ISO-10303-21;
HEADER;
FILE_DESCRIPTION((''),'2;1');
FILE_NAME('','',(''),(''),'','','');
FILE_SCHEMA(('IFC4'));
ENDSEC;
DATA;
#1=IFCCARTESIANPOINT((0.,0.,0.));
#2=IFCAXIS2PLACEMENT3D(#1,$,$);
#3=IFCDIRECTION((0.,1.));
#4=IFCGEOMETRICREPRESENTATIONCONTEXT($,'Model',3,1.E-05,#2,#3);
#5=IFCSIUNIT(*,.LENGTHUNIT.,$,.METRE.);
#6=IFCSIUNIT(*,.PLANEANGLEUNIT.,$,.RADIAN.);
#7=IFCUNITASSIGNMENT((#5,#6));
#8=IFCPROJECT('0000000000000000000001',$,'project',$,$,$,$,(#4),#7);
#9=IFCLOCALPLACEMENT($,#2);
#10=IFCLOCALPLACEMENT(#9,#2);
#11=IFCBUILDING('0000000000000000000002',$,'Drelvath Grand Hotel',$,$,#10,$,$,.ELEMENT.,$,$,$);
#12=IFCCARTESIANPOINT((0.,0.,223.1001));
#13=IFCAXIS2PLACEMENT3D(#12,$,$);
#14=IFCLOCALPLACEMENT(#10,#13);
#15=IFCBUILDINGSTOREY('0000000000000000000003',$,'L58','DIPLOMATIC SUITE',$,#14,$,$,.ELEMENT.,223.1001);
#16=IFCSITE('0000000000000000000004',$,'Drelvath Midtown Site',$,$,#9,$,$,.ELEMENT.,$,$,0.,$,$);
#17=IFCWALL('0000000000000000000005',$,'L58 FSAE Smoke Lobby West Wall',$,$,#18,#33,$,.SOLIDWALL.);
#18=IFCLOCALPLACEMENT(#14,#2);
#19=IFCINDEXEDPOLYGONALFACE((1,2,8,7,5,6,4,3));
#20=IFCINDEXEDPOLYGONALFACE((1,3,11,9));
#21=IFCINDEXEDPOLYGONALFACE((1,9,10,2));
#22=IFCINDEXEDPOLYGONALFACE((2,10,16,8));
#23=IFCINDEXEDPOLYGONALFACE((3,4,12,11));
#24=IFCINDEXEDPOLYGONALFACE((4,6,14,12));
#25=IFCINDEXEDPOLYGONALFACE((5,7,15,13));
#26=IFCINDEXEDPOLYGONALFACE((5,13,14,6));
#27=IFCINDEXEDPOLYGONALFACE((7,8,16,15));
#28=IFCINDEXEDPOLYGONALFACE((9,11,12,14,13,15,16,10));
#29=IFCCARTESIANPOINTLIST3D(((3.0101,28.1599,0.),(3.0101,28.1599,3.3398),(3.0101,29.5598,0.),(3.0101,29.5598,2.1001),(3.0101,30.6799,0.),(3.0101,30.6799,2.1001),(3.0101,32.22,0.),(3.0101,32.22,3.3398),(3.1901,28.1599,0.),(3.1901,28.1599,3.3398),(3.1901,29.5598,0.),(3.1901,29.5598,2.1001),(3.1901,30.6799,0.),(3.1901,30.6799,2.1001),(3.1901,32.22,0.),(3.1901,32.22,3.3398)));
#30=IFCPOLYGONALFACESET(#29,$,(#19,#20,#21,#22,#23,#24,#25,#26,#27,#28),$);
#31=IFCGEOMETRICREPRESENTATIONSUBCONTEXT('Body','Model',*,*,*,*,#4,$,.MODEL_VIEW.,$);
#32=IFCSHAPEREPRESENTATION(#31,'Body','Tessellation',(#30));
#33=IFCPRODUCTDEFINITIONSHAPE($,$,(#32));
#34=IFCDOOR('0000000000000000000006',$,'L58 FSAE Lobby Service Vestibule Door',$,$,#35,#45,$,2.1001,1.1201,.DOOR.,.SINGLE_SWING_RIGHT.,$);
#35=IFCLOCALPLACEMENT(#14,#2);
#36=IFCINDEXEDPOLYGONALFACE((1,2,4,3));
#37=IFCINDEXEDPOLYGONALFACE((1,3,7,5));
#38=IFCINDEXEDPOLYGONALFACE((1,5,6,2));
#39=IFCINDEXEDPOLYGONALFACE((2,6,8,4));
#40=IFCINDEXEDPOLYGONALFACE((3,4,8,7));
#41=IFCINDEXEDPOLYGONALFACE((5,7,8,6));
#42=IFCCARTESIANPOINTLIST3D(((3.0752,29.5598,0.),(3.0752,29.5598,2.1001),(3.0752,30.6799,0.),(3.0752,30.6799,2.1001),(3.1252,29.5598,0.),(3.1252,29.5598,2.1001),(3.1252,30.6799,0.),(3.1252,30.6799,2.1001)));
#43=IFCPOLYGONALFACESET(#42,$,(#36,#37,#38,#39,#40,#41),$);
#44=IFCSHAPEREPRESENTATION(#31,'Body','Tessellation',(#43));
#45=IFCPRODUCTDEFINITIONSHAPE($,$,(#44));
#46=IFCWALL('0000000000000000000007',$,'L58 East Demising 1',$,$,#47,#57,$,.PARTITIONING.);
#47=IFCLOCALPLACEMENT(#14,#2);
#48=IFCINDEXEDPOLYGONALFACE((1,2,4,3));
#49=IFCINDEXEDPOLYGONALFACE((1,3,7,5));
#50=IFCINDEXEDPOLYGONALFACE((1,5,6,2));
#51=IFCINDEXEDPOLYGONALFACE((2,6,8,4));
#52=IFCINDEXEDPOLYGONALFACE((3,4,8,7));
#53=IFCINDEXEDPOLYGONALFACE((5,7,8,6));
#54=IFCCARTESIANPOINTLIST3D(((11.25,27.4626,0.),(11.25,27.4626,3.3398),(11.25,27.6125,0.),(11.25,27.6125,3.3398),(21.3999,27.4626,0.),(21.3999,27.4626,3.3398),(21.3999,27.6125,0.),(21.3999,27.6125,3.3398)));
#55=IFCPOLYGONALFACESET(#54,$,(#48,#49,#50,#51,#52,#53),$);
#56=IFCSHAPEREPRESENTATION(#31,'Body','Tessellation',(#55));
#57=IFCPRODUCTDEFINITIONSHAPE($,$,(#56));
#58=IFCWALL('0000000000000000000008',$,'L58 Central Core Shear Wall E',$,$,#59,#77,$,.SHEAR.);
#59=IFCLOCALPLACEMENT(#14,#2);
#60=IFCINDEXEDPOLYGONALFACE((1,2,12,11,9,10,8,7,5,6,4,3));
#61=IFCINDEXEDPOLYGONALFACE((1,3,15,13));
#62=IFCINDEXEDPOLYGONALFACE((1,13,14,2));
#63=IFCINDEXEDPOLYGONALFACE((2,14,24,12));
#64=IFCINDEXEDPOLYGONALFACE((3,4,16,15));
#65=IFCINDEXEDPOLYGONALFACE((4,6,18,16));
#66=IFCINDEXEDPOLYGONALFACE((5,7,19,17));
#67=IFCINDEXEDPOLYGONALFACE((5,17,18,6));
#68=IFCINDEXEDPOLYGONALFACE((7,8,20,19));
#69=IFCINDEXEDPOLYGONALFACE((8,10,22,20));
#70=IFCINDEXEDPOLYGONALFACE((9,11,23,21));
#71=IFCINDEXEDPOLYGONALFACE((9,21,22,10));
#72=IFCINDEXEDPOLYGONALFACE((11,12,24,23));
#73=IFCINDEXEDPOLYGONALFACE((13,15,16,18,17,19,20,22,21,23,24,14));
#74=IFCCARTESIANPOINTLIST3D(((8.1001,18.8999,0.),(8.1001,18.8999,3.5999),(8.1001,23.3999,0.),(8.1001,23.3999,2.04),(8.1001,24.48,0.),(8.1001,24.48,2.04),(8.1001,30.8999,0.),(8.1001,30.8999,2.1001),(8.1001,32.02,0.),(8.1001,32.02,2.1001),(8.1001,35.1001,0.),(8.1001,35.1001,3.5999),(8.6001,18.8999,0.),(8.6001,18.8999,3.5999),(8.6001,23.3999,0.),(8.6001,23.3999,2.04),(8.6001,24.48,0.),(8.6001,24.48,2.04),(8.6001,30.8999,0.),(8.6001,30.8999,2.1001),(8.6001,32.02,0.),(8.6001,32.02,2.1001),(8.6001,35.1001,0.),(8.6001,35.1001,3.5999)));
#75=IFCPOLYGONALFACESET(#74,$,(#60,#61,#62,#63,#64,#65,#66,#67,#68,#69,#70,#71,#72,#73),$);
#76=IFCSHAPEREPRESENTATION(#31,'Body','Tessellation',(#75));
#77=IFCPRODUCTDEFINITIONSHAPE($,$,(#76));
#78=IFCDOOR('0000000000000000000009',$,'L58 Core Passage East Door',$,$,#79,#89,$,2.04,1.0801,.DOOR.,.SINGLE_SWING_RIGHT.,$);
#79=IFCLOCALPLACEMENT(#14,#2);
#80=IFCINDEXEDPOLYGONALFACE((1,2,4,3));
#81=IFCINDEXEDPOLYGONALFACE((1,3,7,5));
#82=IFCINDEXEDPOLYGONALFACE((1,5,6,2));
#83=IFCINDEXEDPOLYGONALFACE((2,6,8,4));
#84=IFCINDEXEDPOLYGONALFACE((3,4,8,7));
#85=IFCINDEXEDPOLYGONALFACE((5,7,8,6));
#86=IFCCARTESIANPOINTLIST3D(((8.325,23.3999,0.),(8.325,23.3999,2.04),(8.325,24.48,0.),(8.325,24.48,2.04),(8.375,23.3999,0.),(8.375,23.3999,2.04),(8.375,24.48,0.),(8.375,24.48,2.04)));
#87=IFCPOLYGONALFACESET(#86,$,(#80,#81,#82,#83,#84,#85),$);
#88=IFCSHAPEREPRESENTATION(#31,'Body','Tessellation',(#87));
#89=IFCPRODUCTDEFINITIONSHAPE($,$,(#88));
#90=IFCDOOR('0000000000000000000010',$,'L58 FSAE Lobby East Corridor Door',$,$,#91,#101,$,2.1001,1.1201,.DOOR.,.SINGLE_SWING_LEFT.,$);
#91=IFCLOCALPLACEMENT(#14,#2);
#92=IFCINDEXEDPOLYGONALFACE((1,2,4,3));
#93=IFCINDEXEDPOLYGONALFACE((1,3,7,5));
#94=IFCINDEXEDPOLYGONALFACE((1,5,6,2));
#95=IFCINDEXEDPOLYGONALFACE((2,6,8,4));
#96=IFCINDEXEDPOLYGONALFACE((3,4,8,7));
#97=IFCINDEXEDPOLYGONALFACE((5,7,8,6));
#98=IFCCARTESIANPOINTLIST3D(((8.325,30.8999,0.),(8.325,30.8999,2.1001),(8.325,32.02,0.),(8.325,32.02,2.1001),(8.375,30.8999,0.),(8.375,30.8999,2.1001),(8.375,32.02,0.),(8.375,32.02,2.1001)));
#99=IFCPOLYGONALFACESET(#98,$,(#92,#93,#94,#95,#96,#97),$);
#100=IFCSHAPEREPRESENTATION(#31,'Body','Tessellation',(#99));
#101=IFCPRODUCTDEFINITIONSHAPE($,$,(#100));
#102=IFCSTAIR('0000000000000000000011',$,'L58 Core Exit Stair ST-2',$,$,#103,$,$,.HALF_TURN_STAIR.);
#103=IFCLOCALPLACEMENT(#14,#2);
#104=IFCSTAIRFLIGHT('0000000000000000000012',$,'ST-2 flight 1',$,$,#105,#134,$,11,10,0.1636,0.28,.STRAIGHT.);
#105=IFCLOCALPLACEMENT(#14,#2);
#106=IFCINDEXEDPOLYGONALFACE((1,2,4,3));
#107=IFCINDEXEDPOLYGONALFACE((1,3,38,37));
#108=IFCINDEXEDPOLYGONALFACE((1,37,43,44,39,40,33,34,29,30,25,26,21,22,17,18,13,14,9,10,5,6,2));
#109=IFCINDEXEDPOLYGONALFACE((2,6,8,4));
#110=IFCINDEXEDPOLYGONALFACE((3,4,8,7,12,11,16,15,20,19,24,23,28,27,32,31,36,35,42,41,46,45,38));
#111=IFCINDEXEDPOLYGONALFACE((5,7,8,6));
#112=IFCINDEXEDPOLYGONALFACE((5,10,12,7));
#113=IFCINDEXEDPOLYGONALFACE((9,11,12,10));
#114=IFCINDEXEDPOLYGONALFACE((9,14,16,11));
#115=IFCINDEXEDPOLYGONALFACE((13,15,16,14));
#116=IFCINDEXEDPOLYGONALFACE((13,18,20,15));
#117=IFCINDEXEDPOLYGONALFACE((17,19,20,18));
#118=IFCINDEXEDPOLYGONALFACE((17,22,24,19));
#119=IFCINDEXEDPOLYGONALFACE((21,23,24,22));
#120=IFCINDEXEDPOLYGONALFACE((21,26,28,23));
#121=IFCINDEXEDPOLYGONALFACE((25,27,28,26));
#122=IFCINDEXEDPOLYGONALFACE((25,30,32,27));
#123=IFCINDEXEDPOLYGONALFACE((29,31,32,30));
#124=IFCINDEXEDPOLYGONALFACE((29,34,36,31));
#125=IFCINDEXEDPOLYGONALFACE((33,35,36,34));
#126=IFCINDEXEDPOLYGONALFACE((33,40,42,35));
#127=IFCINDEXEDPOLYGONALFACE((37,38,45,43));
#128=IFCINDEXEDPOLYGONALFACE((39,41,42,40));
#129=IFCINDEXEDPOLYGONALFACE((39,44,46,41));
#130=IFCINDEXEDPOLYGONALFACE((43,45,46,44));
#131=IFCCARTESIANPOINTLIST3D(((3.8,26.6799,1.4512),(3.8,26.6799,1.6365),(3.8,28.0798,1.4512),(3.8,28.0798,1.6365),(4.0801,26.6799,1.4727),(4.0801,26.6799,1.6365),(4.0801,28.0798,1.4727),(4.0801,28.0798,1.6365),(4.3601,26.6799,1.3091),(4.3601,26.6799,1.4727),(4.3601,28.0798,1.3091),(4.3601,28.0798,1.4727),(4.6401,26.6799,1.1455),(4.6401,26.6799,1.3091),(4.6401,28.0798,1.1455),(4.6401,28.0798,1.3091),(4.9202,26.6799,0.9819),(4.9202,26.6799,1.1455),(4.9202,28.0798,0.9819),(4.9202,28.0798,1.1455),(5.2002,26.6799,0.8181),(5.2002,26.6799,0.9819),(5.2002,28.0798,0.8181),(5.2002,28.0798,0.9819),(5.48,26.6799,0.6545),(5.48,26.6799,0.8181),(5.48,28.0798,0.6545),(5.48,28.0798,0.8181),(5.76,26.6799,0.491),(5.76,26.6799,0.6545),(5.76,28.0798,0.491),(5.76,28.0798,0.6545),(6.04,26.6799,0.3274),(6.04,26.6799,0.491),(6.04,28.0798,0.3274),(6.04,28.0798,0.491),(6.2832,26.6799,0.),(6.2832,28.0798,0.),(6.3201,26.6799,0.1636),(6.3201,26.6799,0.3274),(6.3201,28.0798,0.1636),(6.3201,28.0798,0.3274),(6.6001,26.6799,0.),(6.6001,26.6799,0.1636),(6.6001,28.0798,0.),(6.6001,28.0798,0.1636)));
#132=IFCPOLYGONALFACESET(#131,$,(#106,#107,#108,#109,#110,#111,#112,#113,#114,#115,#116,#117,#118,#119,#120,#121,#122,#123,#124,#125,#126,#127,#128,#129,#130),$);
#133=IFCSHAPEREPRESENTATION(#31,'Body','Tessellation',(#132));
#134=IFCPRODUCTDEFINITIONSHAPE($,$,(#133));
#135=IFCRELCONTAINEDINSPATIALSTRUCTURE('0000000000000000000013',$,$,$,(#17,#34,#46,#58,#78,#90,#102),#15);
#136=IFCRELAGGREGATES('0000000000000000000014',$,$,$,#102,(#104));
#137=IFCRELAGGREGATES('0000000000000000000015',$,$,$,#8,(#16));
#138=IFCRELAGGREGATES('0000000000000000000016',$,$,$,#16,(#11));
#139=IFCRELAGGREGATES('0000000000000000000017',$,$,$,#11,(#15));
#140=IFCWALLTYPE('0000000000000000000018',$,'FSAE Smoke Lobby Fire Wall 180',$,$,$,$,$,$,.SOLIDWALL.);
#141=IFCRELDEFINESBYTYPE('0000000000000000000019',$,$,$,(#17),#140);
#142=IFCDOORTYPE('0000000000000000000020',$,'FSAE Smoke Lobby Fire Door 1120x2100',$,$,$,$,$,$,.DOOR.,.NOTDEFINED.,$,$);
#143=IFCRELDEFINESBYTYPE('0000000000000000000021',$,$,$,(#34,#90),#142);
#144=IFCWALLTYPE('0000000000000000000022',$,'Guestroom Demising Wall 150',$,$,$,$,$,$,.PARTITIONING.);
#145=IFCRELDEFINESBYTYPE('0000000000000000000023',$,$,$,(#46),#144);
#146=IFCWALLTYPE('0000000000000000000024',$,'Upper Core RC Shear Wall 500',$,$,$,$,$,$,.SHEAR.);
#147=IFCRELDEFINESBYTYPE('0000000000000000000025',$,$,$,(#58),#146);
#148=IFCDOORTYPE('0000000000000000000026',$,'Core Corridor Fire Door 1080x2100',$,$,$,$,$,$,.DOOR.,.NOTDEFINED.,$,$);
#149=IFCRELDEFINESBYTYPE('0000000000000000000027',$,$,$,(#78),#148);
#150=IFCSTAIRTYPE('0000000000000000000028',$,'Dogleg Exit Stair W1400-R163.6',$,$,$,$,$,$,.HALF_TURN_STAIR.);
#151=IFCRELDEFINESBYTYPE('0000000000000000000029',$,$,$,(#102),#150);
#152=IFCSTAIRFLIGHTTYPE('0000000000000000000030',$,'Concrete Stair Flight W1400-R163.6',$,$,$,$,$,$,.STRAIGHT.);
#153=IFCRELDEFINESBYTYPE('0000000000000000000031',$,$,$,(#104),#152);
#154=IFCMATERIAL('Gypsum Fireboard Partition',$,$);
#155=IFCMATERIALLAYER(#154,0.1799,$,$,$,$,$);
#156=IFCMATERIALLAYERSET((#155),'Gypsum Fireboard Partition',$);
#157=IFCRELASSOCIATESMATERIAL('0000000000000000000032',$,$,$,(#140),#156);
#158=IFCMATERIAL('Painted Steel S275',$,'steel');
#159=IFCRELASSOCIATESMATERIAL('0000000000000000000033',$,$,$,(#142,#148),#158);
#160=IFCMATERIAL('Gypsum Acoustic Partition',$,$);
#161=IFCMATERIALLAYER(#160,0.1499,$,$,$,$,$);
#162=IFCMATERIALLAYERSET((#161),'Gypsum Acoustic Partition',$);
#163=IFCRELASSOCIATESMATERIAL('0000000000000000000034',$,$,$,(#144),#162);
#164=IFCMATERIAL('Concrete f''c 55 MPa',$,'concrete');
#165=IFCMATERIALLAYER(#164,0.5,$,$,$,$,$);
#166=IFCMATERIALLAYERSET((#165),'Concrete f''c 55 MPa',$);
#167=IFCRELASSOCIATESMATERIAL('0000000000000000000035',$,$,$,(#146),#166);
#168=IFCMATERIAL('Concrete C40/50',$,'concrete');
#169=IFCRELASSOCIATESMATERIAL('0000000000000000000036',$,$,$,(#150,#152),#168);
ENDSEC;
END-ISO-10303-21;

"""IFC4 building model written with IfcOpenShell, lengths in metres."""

from ifc_helpers import new_model, si_unit, direction, frame, frame_2d, origin, place, context, subcontext, project, spatial, polyline, rectangle, outline, extrude, material, layer, layer_set, type_object, element, fill, aggregate, save


model = new_model("IFC4")

# Units and contexts
model_context = context("Model", 3, precision=1e-05, world=origin(), true_north=direction((0.0, 1.0)))
body_context = subcontext(model_context, "Body", "Model", "MODEL_VIEW")
ifc_project = project(units=[si_unit("LENGTHUNIT", "METRE"), si_unit("PLANEANGLEUNIT", "RADIAN")], contexts=[model_context])

# Site, building, storey
site_placement = place(None, origin())
site = spatial("IfcSite", under=ifc_project, at=site_placement, Name="Drelvath Midtown Site", CompositionType="ELEMENT", RefElevation=0.0)
building_placement = place(site_placement, origin())
building = spatial("IfcBuilding", under=site, at=building_placement, Name="Drelvath Grand Hotel", CompositionType="ELEMENT")
storey_placement = place(building_placement, frame((0.0, 0.0, 223.1001)))
storey = spatial("IfcBuildingStorey", under=building, at=storey_placement, Name="L58", Description="DIPLOMATIC SUITE", CompositionType="ELEMENT", Elevation=223.1001)

# Shared definitions
ifc_material_1 = material(Name="Concrete f'c 55 MPa", Category="concrete")

# Shared definitions
ifc_material_2 = material(Name="Concrete C40/50", Category="concrete")

# Shared definitions
ifc_material_3 = material(Name="Painted Steel S275", Category="steel")

# Shared definitions
ifc_material_4 = material(Name="Gypsum Fireboard Partition")

# Wall, opening, door
ifc_layer_1 = layer(ifc_material_4, 0.1799)
ifc_layer_set_1 = layer_set([ifc_layer_1], Name="Gypsum Fireboard Partition")
wall_type_1 = type_object("IfcWallType", Name="FSAE Smoke Lobby Fire Wall 180", PredefinedType="SOLIDWALL", material=ifc_layer_set_1)
wall_1_placement = place(storey_placement, frame((3.1001, 28.1599, 0.0), z_axis=(0.0, 0.0, 1.0), x_axis=(0.0, 1.0, 0.0)))
wall_1 = element("IfcWall", 1, at=wall_1_placement, inside=storey, type_object=wall_type_1, Name="L58 FSAE Smoke Lobby West Wall", PredefinedType="SOLIDWALL", context=body_context, shape_type="SweptSolid", body=[
    extrude(rectangle(XDim=4.0601, YDim=0.1799, at=frame_2d((2.03, 0.0))), origin(), (0.0, 0.0, 1.0), 3.3398),
])
opening_1_placement = place(wall_1_placement, frame((1.3999, 0.0, 0.0)))
opening_1 = element("IfcOpeningElement", 2, at=opening_1_placement, cuts=wall_1, PredefinedType="OPENING", context=body_context, shape_type="SweptSolid", body=[
    extrude(rectangle(XDim=1.1201, YDim=2.1001, at=frame_2d((0.5601, 1.05))), frame((0.0, 0.0999, 0.0), z_axis=(0.0, -1.0, 0.0), x_axis=(1.0, 0.0, 0.0)), (0.0, 0.0, 1.0), 0.2),
])
door_type_1 = type_object("IfcDoorType", Name="FSAE Smoke Lobby Fire Door 1120x2100", OperationType="NOTDEFINED", PredefinedType="DOOR", material=ifc_material_3)
door_1_placement = place(opening_1_placement, origin())
door_1 = element("IfcDoor", 3, at=door_1_placement, inside=storey, type_object=door_type_1, Name="L58 FSAE Lobby Service Vestibule Door", OperationType="SINGLE_SWING_RIGHT", OverallHeight=2.1001, OverallWidth=1.1201, PredefinedType="DOOR", context=body_context, shape_type="SweptSolid", body=[
    extrude(rectangle(XDim=1.1201, YDim=2.1001, at=frame_2d((0.5601, 1.05))), frame((0.0, 0.0249, 0.0), z_axis=(0.0, -1.0, 0.0), x_axis=(1.0, 0.0, 0.0)), (0.0, 0.0, 1.0), 0.05),
])
fill(opening_1, door_1)

# Wall
ifc_material_5 = material(Name="Gypsum Acoustic Partition")
ifc_layer_2 = layer(ifc_material_5, 0.1499)
ifc_layer_set_2 = layer_set([ifc_layer_2], Name="Gypsum Acoustic Partition")
wall_type_2 = type_object("IfcWallType", Name="Guestroom Demising Wall 150", PredefinedType="PARTITIONING", material=ifc_layer_set_2)
wall_2_placement = place(storey_placement, frame((11.25, 27.5376, 0.0), z_axis=(0.0, 0.0, 1.0), x_axis=(1.0, 0.0, 0.0)))
element("IfcWall", 4, at=wall_2_placement, inside=storey, type_object=wall_type_2, Name="L58 East Demising 1", PredefinedType="PARTITIONING", context=body_context, shape_type="SweptSolid", body=[
    extrude(rectangle(XDim=10.1499, YDim=0.1499, at=frame_2d((5.075, 0.0))), origin(), (0.0, 0.0, 1.0), 3.3398),
])

# Wall, openings, doors
ifc_layer_3 = layer(ifc_material_1, 0.5)
ifc_layer_set_3 = layer_set([ifc_layer_3], Name="Concrete f'c 55 MPa")
wall_type_3 = type_object("IfcWallType", Name="Upper Core RC Shear Wall 500", PredefinedType="SHEAR", material=ifc_layer_set_3)
wall_3_placement = place(storey_placement, frame((8.3501, 35.1001, 0.0), z_axis=(0.0, 0.0, 1.0), x_axis=(0.0, -1.0, 0.0)))
wall_3 = element("IfcWall", 5, at=wall_3_placement, inside=storey, type_object=wall_type_3, Name="L58 Central Core Shear Wall E", PredefinedType="SHEAR", context=body_context, shape_type="SweptSolid", body=[
    extrude(rectangle(XDim=16.2002, YDim=0.5, at=frame_2d((8.1001, 0.0))), origin(), (0.0, 0.0, 1.0), 3.5999),
])
opening_2_placement = place(wall_3_placement, frame((3.0801, 0.0, 0.0)))
opening_2 = element("IfcOpeningElement", 6, at=opening_2_placement, cuts=wall_3, PredefinedType="OPENING", context=body_context, shape_type="SweptSolid", body=[
    extrude(rectangle(XDim=1.1201, YDim=2.1001, at=frame_2d((0.5601, 1.05))), frame((0.0, 0.26, 0.0), z_axis=(0.0, -1.0, 0.0), x_axis=(1.0, 0.0, 0.0)), (0.0, 0.0, 1.0), 0.52),
])
opening_3_placement = place(wall_3_placement, frame((10.6201, 0.0, 0.0)))
opening_3 = element("IfcOpeningElement", 7, at=opening_3_placement, cuts=wall_3, PredefinedType="OPENING", context=body_context, shape_type="SweptSolid", body=[
    extrude(rectangle(XDim=1.0801, YDim=2.04, at=frame_2d((0.54, 1.02))), frame((0.0, 0.26, 0.0), z_axis=(0.0, -1.0, 0.0), x_axis=(1.0, 0.0, 0.0)), (0.0, 0.0, 1.0), 0.52),
])
door_type_2 = type_object("IfcDoorType", Name="Core Corridor Fire Door 1080x2100", OperationType="NOTDEFINED", PredefinedType="DOOR", material=ifc_material_3)
door_2_placement = place(opening_3_placement, origin())
door_2 = element("IfcDoor", 8, at=door_2_placement, inside=storey, type_object=door_type_2, Name="L58 Core Passage East Door", OperationType="SINGLE_SWING_RIGHT", OverallHeight=2.04, OverallWidth=1.0801, PredefinedType="DOOR", context=body_context, shape_type="SweptSolid", body=[
    extrude(rectangle(XDim=1.0801, YDim=2.04, at=frame_2d((0.54, 1.02))), frame((0.0, 0.0249, 0.0), z_axis=(0.0, -1.0, 0.0), x_axis=(1.0, 0.0, 0.0)), (0.0, 0.0, 1.0), 0.05),
])
fill(opening_3, door_2)
door_3_placement = place(opening_2_placement, origin())
door_3 = element("IfcDoor", 9, at=door_3_placement, inside=storey, type_object=door_type_1, Name="L58 FSAE Lobby East Corridor Door", OperationType="SINGLE_SWING_LEFT", OverallHeight=2.1001, OverallWidth=1.1201, PredefinedType="DOOR", context=body_context, shape_type="SweptSolid", body=[
    extrude(rectangle(XDim=1.1201, YDim=2.1001, at=frame_2d((0.5601, 1.05))), frame((0.0, 0.0249, 0.0), z_axis=(0.0, -1.0, 0.0), x_axis=(1.0, 0.0, 0.0)), (0.0, 0.0, 1.0), 0.05),
])
fill(opening_2, door_3)

# Stair, stair flight
stair_type = type_object("IfcStairType", Name="Dogleg Exit Stair W1400-R163.6", PredefinedType="HALF_TURN_STAIR", material=ifc_material_2)
stair_placement = place(storey_placement, origin())
stair = element("IfcStair", 10, at=stair_placement, inside=storey, type_object=stair_type, Name="L58 Core Exit Stair ST-2", PredefinedType="HALF_TURN_STAIR")
stair_flight_type = type_object("IfcStairFlightType", Name="Concrete Stair Flight W1400-R163.6", PredefinedType="STRAIGHT", material=ifc_material_2)
stair_flight_placement = place(storey_placement, frame((6.6001, 27.3799, 0.0), z_axis=(0.0, 0.0, 1.0), x_axis=(-1.0, 0.0, 0.0)))
stair_flight = element("IfcStairFlight", 11, at=stair_flight_placement, type_object=stair_flight_type, Name="ST-2 flight 1", NumberOfRisers=11, NumberOfTreads=10, PredefinedType="STRAIGHT", RiserHeight=0.1636, TreadLength=0.28, context=body_context, shape_type="SweptSolid", body=[
    extrude(outline(polyline([(0.0, 0.0), (0.0, 0.1636), (0.28, 0.1636), (0.28, 0.3274), (0.5601, 0.3274), (0.5601, 0.491), (0.8401, 0.491), (0.8401, 0.6545), (1.1201, 0.6545), (1.1201, 0.8181), (1.3999, 0.8181), (1.3999, 0.9819), (1.6799, 0.9819), (1.6799, 1.1455), (1.96, 1.1455), (1.96, 1.3091), (2.24, 1.3091), (2.24, 1.4727), (2.52, 1.4727), (2.52, 1.6365), (2.8, 1.6365), (2.8, 1.8), (2.8, 1.4512), (0.3169, 0.0), (0.0, 0.0)])), frame((0.0, 0.7, 0.0), z_axis=(0.0, -1.0, 0.0), x_axis=(1.0, 0.0, 0.0)), (0.0, 0.0, 1.0), 1.3999),
])
aggregate(stair, [stair_flight])

save(model, "model.ifc")
